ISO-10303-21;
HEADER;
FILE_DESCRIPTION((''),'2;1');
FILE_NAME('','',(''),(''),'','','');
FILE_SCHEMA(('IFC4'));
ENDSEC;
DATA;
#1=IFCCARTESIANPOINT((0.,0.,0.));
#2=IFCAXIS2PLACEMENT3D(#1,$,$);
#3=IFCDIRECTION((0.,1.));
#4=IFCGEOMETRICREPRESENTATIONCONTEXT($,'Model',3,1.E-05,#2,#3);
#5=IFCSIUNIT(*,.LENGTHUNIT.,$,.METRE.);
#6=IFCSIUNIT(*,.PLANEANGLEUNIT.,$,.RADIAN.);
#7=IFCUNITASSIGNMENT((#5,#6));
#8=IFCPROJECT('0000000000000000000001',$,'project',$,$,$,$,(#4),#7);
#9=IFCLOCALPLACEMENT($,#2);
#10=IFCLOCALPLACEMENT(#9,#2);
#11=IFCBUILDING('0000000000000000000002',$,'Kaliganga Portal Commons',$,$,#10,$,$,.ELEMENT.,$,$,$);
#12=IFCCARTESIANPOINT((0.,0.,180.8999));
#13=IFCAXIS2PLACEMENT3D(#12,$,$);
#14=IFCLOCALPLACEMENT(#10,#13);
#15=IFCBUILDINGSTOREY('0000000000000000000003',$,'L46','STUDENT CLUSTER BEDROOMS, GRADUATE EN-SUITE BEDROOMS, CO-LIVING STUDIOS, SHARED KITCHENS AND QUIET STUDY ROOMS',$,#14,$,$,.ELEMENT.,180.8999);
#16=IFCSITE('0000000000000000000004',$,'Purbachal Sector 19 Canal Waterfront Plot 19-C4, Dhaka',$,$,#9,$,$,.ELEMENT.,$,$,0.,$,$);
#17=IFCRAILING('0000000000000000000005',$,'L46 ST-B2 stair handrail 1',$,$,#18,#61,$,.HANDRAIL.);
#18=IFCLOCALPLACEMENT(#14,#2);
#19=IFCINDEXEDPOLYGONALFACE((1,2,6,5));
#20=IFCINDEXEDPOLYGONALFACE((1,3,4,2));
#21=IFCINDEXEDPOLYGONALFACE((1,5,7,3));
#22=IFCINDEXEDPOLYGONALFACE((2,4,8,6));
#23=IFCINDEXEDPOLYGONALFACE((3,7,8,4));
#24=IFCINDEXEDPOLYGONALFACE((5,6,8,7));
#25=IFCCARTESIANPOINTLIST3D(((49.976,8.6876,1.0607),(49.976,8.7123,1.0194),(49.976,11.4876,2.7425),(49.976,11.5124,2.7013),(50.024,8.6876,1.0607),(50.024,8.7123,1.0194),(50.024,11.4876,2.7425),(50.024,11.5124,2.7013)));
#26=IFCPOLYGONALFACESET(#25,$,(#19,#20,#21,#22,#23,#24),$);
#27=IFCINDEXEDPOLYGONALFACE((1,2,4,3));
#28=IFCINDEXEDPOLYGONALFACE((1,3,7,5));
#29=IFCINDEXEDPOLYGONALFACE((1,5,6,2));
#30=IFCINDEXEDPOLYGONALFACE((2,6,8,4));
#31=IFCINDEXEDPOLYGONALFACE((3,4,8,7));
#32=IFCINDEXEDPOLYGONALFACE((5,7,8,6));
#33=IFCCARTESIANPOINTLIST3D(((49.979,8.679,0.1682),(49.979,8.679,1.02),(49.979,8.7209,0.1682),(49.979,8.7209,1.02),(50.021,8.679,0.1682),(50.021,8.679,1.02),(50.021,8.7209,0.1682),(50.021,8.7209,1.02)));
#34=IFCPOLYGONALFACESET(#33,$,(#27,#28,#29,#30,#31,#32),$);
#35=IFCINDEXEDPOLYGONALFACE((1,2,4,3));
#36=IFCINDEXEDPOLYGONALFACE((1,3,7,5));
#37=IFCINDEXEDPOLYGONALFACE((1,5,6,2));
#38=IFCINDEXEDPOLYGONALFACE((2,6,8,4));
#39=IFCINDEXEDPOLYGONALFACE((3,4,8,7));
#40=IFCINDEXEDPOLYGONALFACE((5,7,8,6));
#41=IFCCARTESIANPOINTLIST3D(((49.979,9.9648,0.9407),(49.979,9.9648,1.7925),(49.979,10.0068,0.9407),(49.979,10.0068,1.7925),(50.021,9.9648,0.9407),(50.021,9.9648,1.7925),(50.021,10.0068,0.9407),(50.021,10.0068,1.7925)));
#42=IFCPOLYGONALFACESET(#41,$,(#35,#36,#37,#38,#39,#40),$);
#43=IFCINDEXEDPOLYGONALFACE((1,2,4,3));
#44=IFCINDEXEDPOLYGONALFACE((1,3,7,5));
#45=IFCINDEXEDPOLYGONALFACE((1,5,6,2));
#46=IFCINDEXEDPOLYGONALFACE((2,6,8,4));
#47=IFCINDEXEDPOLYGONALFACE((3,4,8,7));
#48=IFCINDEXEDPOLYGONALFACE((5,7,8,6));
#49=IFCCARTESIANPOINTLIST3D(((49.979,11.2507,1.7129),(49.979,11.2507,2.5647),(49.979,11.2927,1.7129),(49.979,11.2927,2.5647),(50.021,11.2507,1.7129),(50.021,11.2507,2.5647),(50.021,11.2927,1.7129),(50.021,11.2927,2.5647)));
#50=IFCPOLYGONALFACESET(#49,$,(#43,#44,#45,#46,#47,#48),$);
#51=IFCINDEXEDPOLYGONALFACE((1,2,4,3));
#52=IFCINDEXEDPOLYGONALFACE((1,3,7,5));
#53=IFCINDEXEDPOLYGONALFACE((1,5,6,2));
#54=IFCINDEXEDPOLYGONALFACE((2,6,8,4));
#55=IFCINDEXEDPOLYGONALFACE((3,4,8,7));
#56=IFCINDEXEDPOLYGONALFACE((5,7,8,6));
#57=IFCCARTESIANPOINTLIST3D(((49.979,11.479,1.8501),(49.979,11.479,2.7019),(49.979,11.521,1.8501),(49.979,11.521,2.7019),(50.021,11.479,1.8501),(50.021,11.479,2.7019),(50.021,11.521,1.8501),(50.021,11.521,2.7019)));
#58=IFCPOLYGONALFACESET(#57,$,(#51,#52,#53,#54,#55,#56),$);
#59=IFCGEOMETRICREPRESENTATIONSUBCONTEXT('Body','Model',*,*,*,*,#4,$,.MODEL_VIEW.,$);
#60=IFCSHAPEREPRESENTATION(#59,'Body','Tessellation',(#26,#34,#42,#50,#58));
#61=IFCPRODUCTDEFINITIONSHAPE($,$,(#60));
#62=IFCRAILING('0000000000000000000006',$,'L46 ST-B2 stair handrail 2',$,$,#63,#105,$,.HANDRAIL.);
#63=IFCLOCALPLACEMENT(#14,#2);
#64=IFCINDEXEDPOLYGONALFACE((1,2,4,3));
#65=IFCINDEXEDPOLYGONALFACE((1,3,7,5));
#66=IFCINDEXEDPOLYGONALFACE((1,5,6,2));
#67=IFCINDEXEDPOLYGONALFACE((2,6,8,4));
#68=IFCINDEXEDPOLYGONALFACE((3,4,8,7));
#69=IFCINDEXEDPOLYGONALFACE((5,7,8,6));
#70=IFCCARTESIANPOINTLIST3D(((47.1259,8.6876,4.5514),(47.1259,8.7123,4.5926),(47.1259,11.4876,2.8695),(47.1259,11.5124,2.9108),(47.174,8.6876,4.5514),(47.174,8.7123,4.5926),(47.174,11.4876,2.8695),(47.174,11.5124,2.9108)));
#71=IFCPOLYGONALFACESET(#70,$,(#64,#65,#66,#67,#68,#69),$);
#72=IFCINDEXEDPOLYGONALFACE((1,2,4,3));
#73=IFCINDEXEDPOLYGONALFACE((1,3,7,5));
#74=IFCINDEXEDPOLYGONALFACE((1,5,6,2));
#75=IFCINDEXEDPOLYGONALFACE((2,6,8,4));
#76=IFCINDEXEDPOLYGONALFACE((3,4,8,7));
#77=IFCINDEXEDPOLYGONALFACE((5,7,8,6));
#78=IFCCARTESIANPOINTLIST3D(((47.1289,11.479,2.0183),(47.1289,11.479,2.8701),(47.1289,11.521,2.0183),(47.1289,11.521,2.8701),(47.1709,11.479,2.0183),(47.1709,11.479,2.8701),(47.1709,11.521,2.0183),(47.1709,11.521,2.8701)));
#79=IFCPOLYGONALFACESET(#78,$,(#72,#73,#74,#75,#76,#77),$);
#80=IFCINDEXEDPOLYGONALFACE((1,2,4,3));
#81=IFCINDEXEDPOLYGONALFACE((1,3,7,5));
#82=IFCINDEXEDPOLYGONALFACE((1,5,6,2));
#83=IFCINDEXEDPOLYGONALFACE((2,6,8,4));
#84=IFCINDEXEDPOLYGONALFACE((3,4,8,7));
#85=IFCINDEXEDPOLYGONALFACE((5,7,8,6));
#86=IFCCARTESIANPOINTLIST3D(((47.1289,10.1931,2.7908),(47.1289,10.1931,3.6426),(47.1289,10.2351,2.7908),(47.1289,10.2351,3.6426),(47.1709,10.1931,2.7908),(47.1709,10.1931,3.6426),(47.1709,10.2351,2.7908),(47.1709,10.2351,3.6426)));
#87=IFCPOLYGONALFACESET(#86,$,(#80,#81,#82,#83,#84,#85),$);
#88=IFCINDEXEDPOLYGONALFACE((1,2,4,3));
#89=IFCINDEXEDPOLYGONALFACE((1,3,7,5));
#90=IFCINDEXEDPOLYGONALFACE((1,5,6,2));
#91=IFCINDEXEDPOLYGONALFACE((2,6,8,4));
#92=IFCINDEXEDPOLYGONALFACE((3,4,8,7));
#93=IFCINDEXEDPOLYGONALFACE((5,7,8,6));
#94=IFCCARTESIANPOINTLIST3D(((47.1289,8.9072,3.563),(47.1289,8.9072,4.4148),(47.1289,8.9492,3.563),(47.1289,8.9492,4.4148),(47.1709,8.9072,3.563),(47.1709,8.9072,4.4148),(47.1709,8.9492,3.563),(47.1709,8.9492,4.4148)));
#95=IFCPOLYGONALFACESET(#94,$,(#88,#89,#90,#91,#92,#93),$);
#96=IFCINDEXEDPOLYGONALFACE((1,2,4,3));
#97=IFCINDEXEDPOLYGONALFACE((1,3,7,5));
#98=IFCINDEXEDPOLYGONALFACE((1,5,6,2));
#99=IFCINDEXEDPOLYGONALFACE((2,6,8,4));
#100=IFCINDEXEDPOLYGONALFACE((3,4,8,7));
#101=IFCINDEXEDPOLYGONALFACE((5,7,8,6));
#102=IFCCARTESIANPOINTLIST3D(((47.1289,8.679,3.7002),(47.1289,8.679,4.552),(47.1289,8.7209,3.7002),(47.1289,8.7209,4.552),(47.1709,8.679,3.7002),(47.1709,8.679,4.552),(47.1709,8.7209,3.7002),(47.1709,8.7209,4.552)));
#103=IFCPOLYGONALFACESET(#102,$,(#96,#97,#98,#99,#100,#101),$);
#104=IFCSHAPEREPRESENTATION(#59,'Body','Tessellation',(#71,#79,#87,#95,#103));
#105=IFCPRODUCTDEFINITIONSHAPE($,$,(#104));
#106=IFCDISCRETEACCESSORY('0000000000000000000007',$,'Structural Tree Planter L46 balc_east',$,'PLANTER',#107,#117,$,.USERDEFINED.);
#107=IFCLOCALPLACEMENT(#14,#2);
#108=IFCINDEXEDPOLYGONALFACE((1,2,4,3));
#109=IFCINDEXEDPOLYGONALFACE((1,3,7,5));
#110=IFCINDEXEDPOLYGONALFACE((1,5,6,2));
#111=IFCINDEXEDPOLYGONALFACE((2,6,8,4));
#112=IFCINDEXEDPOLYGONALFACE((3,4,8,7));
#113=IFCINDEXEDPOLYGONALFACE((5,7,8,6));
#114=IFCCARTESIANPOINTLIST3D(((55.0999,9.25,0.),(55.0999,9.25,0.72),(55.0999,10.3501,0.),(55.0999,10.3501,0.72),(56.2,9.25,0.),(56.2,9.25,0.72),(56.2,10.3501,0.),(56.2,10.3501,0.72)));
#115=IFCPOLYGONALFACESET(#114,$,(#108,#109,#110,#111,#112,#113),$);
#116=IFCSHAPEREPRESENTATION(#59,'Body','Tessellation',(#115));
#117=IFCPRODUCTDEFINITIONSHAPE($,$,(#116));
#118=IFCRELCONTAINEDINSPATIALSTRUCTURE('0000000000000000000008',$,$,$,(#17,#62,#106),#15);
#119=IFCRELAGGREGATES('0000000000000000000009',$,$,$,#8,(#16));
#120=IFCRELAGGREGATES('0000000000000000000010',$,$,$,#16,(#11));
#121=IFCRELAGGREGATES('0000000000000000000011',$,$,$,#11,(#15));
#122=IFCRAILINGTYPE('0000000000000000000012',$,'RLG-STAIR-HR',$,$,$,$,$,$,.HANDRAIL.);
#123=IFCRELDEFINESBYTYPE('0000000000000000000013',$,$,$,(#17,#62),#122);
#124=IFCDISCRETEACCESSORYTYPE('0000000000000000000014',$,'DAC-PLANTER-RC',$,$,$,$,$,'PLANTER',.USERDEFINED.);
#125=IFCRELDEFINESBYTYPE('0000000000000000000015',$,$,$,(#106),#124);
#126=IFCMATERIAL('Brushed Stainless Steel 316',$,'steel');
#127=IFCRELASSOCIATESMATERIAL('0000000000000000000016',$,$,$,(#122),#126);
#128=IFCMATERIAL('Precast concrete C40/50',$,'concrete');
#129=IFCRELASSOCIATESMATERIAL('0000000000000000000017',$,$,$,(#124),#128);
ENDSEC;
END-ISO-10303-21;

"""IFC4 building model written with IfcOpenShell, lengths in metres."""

from ifc_helpers import new_model, si_unit, direction, frame, origin, origin_2d, place, context, subcontext, project, spatial, rectangle, extrude, source, transform, mapped, material, type_object, element, save


model = new_model("IFC4")

# Units and contexts
model_context = context("Model", 3, precision=1e-05, world=origin(), true_north=direction((0.0, 1.0)))
body_context = subcontext(model_context, "Body", "Model", "MODEL_VIEW")
ifc_project = project(units=[si_unit("LENGTHUNIT", "METRE"), si_unit("PLANEANGLEUNIT", "RADIAN")], contexts=[model_context])

# Site, building, storey
site_placement = place(None, origin())
site = spatial("IfcSite", under=ifc_project, at=site_placement, Name="Purbachal Sector 19 Canal Waterfront Plot 19-C4, Dhaka", CompositionType="ELEMENT", RefElevation=0.0)
building_placement = place(site_placement, origin())
building = spatial("IfcBuilding", under=site, at=building_placement, Name="Kaliganga Portal Commons", CompositionType="ELEMENT")
storey_placement = place(building_placement, frame((0.0, 0.0, 180.8999)))
storey = spatial("IfcBuildingStorey", under=building, at=storey_placement, Name="L46", Description="STUDENT CLUSTER BEDROOMS, GRADUATE EN-SUITE BEDROOMS, CO-LIVING STUDIOS, SHARED KITCHENS AND QUIET STUDY ROOMS", CompositionType="ELEMENT", Elevation=180.8999)

# Railings
ifc_material_1 = material(Name="Brushed Stainless Steel 316", Category="steel")
railing_type_1 = type_object("IfcRailingType", Name="RLG-STAIR-HR", PredefinedType="HANDRAIL", material=ifc_material_1)
railing_1_placement = place(storey_placement, frame((50.0, 8.7, 0.1682)))
element("IfcRailing", 1, at=railing_1_placement, inside=storey, type_object=railing_type_1, Name="L46 ST-B2 stair handrail 1", PredefinedType="HANDRAIL", context=body_context, shape_type="SweptSolid", body=[
    extrude(rectangle(XDim=0.0481, YDim=0.0481, at=origin_2d()), frame((0.0, 0.0, 0.8718), z_axis=(0.0, 0.857242, 0.514913), x_axis=(-1.0, 0.0, 0.0)), (0.0, 0.0, 1.0), 3.2664),
    extrude(rectangle(XDim=0.042, YDim=0.042, at=origin_2d()), origin(), (0.0, 0.0, 1.0), 0.8518),
    extrude(rectangle(XDim=0.042, YDim=0.042, at=origin_2d()), frame((0.0, 1.2859, 0.7725)), (0.0, 0.0, 1.0), 0.8518),
    extrude(rectangle(XDim=0.042, YDim=0.042, at=origin_2d()), frame((0.0, 2.5718, 1.5447)), (0.0, 0.0, 1.0), 0.8518),
    extrude(rectangle(XDim=0.042, YDim=0.042, at=origin_2d()), frame((0.0, 2.8, 1.6819)), (0.0, 0.0, 1.0), 0.8518),
])
railing_2_placement = place(storey_placement, frame((47.1499, 11.5, 2.0183)))
element("IfcRailing", 2, at=railing_2_placement, inside=storey, type_object=railing_type_1, Name="L46 ST-B2 stair handrail 2", PredefinedType="HANDRAIL", context=body_context, shape_type="SweptSolid", body=[
    extrude(rectangle(XDim=0.0481, YDim=0.0481, at=origin_2d()), frame((0.0, 0.0, 0.8718), z_axis=(0.0, -0.857242, 0.514913), x_axis=(1.0, 0.0, 0.0)), (0.0, 0.0, 1.0), 3.2664),
    extrude(rectangle(XDim=0.042, YDim=0.042, at=origin_2d()), origin(), (0.0, 0.0, 1.0), 0.8518),
    extrude(rectangle(XDim=0.042, YDim=0.042, at=origin_2d()), frame((0.0, -1.2859, 0.7725)), (0.0, 0.0, 1.0), 0.8518),
    extrude(rectangle(XDim=0.042, YDim=0.042, at=origin_2d()), frame((0.0, -2.5718, 1.5447)), (0.0, 0.0, 1.0), 0.8518),
    extrude(rectangle(XDim=0.042, YDim=0.042, at=origin_2d()), frame((0.0, -2.8, 1.6819)), (0.0, 0.0, 1.0), 0.8518),
])

# Discrete accessory
ifc_material_2 = material(Name="Precast concrete C40/50", Category="concrete")
discrete_accessory_type = type_object("IfcDiscreteAccessoryType", Name="DAC-PLANTER-RC", ElementType="PLANTER", PredefinedType="USERDEFINED", material=ifc_material_2)
shared_shape_1 = source(origin(), body_context, "Body", "SweptSolid", [
    extrude(rectangle(XDim=1.1001, YDim=1.1001, at=origin_2d()), origin(), (0.0, 0.0, 1.0), 0.72),
])
discrete_accessory_placement = place(storey_placement, frame((55.6499, 9.8, 0.0), z_axis=(0.0, 0.0, 1.0), x_axis=(1.0, 0.0, 0.0)))
element("IfcDiscreteAccessory", 3, at=discrete_accessory_placement, inside=storey, type_object=discrete_accessory_type, Name="Structural Tree Planter L46 balc_east", ObjectType="PLANTER", PredefinedType="USERDEFINED", context=body_context, shape_type="MappedRepresentation", body=[
    mapped(shared_shape_1, transform((0.0, 0.0, 0.0), x_axis=(1.0, 0.0, 0.0), y_axis=(0.0, 1.0, 0.0), z_axis=(0.0, 0.0, 1.0), scale=1.0)),
])

save(model, "model.ifc")
